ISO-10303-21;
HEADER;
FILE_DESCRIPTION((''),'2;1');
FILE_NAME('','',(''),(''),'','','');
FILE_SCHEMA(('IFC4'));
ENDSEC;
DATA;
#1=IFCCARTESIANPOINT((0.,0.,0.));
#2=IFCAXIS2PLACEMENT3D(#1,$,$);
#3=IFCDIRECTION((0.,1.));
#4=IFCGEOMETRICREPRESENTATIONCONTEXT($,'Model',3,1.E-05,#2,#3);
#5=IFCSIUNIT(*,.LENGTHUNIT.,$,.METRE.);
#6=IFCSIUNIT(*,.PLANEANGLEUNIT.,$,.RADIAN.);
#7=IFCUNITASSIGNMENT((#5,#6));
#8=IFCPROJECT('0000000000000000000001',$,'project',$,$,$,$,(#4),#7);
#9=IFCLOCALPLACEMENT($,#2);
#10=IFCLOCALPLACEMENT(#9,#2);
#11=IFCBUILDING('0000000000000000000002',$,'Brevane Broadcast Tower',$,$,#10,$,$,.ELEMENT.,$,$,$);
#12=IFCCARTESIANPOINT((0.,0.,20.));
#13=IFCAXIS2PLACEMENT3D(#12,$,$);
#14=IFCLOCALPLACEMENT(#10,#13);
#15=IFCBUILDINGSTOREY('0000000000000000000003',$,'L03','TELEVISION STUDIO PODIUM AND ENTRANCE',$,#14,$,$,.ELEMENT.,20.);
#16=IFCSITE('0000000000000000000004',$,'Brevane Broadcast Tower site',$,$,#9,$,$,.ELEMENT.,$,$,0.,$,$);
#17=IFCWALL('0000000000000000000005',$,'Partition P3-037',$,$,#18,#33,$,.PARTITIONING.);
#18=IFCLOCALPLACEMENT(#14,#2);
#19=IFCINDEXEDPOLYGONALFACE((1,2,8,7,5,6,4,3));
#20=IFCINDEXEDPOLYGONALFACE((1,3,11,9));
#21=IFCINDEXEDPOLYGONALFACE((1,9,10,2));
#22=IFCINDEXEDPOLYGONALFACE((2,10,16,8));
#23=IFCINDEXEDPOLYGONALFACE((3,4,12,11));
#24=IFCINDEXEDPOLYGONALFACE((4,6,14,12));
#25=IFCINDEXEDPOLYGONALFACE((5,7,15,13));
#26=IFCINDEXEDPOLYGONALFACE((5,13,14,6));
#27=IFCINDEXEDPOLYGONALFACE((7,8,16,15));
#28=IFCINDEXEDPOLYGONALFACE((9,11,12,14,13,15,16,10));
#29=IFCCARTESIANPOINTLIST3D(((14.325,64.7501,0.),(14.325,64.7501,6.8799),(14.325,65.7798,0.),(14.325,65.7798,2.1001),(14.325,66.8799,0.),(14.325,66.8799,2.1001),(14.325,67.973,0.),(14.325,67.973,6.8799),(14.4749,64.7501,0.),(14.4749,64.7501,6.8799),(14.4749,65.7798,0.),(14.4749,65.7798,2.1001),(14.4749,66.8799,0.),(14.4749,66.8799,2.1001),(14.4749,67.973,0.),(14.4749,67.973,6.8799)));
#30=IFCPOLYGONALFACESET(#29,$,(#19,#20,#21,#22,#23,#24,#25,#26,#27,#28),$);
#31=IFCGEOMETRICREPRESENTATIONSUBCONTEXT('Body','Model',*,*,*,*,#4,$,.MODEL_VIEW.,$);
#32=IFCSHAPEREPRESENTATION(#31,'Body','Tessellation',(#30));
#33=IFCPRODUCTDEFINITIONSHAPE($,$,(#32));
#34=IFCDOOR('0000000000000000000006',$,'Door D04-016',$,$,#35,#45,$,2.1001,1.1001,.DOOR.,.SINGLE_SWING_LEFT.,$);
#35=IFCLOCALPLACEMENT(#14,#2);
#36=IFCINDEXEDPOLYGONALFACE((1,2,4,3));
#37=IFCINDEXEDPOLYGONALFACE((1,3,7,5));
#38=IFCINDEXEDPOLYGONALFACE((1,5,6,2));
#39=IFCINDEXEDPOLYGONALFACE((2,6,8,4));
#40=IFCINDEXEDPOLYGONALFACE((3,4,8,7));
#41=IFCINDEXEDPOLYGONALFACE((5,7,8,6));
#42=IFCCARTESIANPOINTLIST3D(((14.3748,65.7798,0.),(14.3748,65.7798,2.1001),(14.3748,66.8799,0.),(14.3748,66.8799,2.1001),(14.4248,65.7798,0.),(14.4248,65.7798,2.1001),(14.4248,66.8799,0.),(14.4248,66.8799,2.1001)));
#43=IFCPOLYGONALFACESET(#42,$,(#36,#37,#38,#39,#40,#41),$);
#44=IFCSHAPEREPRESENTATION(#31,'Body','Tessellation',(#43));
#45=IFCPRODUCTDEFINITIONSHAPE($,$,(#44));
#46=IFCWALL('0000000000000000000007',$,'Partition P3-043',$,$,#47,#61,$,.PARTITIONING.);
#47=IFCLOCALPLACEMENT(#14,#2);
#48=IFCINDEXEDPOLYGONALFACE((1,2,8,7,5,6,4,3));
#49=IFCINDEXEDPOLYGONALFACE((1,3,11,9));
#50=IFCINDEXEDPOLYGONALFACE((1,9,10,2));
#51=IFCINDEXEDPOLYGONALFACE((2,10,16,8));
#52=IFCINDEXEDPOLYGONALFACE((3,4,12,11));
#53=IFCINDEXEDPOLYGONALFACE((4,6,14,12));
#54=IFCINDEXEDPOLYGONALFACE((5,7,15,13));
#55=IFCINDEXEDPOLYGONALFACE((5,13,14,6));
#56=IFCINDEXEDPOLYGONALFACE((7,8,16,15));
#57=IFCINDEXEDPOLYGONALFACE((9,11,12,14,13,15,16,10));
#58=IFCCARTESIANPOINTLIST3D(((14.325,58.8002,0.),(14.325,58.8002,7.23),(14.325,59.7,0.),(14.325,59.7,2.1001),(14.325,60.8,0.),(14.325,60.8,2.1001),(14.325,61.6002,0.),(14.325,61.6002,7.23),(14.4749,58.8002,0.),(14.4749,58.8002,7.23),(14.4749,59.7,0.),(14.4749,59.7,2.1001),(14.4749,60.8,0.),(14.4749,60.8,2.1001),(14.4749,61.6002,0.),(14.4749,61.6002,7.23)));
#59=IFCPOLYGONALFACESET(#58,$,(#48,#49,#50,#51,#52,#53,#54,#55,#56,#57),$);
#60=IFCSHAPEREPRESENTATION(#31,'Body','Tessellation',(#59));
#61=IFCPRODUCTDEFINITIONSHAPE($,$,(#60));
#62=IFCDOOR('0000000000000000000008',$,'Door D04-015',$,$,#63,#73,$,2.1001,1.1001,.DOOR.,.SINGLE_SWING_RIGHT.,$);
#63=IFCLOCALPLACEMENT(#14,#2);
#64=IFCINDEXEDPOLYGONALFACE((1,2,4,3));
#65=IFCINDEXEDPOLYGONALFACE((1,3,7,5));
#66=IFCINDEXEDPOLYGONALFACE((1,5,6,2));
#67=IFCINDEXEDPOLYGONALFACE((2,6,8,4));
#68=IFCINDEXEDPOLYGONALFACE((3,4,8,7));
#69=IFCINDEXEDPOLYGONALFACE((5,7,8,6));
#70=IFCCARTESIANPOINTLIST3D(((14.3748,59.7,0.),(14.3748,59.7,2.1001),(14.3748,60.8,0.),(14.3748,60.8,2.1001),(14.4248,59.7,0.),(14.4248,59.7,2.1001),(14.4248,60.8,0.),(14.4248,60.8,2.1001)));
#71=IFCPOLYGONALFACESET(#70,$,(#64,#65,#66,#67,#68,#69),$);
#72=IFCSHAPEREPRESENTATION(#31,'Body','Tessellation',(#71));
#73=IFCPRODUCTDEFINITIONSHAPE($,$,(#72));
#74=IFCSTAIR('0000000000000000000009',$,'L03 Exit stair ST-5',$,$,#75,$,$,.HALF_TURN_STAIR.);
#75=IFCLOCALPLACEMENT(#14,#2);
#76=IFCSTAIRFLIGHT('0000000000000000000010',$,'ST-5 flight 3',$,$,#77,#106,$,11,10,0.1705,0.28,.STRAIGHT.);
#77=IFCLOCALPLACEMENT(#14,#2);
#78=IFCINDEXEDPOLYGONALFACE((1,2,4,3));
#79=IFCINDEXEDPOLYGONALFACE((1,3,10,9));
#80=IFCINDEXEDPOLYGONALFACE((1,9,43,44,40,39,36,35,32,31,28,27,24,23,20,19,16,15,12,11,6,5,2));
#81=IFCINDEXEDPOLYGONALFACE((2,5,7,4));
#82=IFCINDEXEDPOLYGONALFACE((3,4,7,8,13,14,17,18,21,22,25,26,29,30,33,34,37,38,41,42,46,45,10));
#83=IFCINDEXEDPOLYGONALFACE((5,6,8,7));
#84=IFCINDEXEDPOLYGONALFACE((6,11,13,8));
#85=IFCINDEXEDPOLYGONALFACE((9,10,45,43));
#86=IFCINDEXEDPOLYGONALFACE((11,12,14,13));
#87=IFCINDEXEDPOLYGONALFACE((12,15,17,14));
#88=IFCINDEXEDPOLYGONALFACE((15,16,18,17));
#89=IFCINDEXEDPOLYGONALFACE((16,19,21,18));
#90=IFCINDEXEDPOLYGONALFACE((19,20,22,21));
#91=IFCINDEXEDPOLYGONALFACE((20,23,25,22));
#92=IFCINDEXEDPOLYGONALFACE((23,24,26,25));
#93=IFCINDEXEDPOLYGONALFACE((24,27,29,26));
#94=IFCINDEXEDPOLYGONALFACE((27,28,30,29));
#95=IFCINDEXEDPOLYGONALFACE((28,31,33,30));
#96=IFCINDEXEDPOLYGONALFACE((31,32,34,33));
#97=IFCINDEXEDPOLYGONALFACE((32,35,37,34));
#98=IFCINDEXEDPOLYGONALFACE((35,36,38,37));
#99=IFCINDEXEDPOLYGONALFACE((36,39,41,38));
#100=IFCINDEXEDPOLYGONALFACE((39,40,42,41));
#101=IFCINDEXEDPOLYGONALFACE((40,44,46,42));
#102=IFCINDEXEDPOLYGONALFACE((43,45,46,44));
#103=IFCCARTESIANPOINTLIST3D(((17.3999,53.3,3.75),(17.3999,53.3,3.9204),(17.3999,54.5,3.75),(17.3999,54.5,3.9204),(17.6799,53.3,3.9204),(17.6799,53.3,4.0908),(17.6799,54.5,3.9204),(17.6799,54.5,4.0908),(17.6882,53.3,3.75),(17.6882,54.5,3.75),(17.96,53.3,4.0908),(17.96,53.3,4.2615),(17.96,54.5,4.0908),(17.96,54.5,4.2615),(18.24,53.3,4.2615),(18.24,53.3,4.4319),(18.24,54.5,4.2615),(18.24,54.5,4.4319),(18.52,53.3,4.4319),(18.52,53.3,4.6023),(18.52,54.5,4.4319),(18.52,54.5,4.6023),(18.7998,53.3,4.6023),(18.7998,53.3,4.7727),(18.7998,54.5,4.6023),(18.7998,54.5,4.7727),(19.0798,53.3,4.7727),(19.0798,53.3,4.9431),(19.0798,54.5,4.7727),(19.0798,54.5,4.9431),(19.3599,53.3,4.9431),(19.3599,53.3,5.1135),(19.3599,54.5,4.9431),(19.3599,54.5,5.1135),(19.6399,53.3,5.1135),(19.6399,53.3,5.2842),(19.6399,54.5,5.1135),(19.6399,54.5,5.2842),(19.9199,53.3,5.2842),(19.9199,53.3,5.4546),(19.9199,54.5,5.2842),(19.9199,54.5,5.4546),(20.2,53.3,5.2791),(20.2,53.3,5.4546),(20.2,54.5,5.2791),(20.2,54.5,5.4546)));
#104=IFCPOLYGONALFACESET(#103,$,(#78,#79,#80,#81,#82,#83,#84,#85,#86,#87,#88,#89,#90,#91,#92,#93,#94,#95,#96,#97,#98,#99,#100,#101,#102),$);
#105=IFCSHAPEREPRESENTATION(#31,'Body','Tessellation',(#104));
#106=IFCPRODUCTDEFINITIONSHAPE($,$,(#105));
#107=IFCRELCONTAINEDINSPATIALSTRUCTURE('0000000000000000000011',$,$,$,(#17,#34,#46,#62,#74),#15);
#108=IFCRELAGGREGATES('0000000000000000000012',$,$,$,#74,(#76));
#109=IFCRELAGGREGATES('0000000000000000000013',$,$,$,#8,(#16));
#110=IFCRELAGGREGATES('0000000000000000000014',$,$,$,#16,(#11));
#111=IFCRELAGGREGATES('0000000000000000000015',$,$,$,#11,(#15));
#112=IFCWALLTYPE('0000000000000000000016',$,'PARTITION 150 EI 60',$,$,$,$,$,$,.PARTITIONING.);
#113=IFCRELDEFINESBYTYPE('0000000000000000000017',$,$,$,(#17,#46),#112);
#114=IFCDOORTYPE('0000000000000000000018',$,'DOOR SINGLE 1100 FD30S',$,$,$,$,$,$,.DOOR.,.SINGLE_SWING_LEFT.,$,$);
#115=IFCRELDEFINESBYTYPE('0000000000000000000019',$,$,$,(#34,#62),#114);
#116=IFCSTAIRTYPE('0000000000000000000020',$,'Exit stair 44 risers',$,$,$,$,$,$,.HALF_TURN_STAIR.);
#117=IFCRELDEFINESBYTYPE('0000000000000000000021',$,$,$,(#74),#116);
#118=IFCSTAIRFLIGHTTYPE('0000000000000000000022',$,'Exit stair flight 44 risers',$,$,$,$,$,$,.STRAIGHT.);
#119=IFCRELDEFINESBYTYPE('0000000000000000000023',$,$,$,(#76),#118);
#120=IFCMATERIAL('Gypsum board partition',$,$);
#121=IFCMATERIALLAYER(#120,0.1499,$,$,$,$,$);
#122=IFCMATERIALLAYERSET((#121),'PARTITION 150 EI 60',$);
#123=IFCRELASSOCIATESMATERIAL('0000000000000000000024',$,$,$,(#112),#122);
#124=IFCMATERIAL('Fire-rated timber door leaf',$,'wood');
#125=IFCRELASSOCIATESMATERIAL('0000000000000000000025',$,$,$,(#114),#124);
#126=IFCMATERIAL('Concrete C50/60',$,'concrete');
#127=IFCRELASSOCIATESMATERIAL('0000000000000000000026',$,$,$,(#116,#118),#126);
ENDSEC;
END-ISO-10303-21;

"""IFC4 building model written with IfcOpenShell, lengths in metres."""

from ifc_helpers import new_model, si_unit, direction, frame, frame_2d, origin, place, context, subcontext, project, spatial, polyline, rectangle, outline, extrude, material, layer, layer_set, type_object, element, fill, aggregate, save


model = new_model("IFC4")

# Units and contexts
model_context = context("Model", 3, precision=1e-05, world=origin(), true_north=direction((0.0, 1.0)))
body_context = subcontext(model_context, "Body", "Model", "MODEL_VIEW")
ifc_project = project(units=[si_unit("LENGTHUNIT", "METRE"), si_unit("PLANEANGLEUNIT", "RADIAN")], contexts=[model_context])

# Site, building, storey
site_placement = place(None, origin())
site = spatial("IfcSite", under=ifc_project, at=site_placement, Name="Brevane Broadcast Tower site", CompositionType="ELEMENT", RefElevation=0.0)
building_placement = place(site_placement, origin())
building = spatial("IfcBuilding", under=site, at=building_placement, Name="Brevane Broadcast Tower", CompositionType="ELEMENT")
storey_placement = place(building_placement, frame((0.0, 0.0, 20.0)))
storey = spatial("IfcBuildingStorey", under=building, at=storey_placement, Name="L03", Description="TELEVISION STUDIO PODIUM AND ENTRANCE", CompositionType="ELEMENT", Elevation=20.0)

# Shared definitions
ifc_material_1 = material(Name="Gypsum board partition")

# Walls, openings, doors
ifc_layer_1 = layer(ifc_material_1, 0.1499)
ifc_layer_set_1 = layer_set([ifc_layer_1], Name="PARTITION 150 EI 60")
wall_type_1 = type_object("IfcWallType", Name="PARTITION 150 EI 60", PredefinedType="PARTITIONING", material=ifc_layer_set_1)
ifc_material_2 = material(Name="Fire-rated timber door leaf", Category="wood")
door_type = type_object("IfcDoorType", Name="DOOR SINGLE 1100 FD30S", OperationType="SINGLE_SWING_LEFT", PredefinedType="DOOR", material=ifc_material_2)
wall_1_placement = place(storey_placement, frame((14.3999, 67.9729, 0.0), z_axis=(0.0, 0.0, 1.0), x_axis=(0.0, -1.0, 0.0)))
wall_1 = element("IfcWall", 1, at=wall_1_placement, inside=storey, type_object=wall_type_1, Name="Partition P3-037", PredefinedType="PARTITIONING", context=body_context, shape_type="SweptSolid", body=[
    extrude(rectangle(XDim=3.2229, YDim=0.1499, at=frame_2d((1.6113, 0.0))), origin(), (0.0, 0.0, 1.0), 6.8799),
])
opening_1_placement = place(wall_1_placement, frame((1.093, 0.0, 0.0)))
opening_1 = element("IfcOpeningElement", 2, at=opening_1_placement, cuts=wall_1, PredefinedType="OPENING", context=body_context, shape_type="SweptSolid", body=[
    extrude(rectangle(XDim=1.1001, YDim=2.1001, at=frame_2d((0.55, 1.05))), frame((0.0, 0.085, 0.0), z_axis=(0.0, -1.0, 0.0), x_axis=(1.0, 0.0, 0.0)), (0.0, 0.0, 1.0), 0.1699),
])
door_1_placement = place(opening_1_placement, origin())
door_1 = element("IfcDoor", 3, at=door_1_placement, inside=storey, type_object=door_type, Name="Door D04-016", OperationType="SINGLE_SWING_LEFT", OverallHeight=2.1001, OverallWidth=1.1001, PredefinedType="DOOR", context=body_context, shape_type="SweptSolid", body=[
    extrude(rectangle(XDim=1.1001, YDim=2.1001, at=frame_2d((0.55, 1.05))), frame((0.0, 0.0249, 0.0), z_axis=(0.0, -1.0, 0.0), x_axis=(1.0, 0.0, 0.0)), (0.0, 0.0, 1.0), 0.05),
])
fill(opening_1, door_1)
wall_2_placement = place(storey_placement, frame((14.3999, 61.6001, 0.0), z_axis=(0.0, 0.0, 1.0), x_axis=(0.0, -1.0, 0.0)))
wall_2 = element("IfcWall", 4, at=wall_2_placement, inside=storey, type_object=wall_type_1, Name="Partition P3-043", PredefinedType="PARTITIONING", context=body_context, shape_type="SweptSolid", body=[
    extrude(rectangle(XDim=2.8, YDim=0.1499, at=frame_2d((1.3999, 0.0))), origin(), (0.0, 0.0, 1.0), 7.23),
])
opening_2_placement = place(wall_2_placement, frame((0.8, 0.0, 0.0)))
opening_2 = element("IfcOpeningElement", 5, at=opening_2_placement, cuts=wall_2, PredefinedType="OPENING", context=body_context, shape_type="SweptSolid", body=[
    extrude(rectangle(XDim=1.1001, YDim=2.1001, at=frame_2d((0.55, 1.05))), frame((0.0, 0.085, 0.0), z_axis=(0.0, -1.0, 0.0), x_axis=(1.0, 0.0, 0.0)), (0.0, 0.0, 1.0), 0.1699),
])
door_2_placement = place(opening_2_placement, origin())
door_2 = element("IfcDoor", 6, at=door_2_placement, inside=storey, type_object=door_type, Name="Door D04-015", OperationType="SINGLE_SWING_RIGHT", OverallHeight=2.1001, OverallWidth=1.1001, PredefinedType="DOOR", context=body_context, shape_type="SweptSolid", body=[
    extrude(rectangle(XDim=1.1001, YDim=2.1001, at=frame_2d((0.55, 1.05))), frame((0.0, 0.0249, 0.0), z_axis=(0.0, -1.0, 0.0), x_axis=(1.0, 0.0, 0.0)), (0.0, 0.0, 1.0), 0.05),
])
fill(opening_2, door_2)

# Stair, stair flight
ifc_material_3 = material(Name="Concrete C50/60", Category="concrete")
stair_type = type_object("IfcStairType", Name="Exit stair 44 risers", PredefinedType="HALF_TURN_STAIR", material=ifc_material_3)
stair_placement = place(storey_placement, origin())
stair = element("IfcStair", 7, at=stair_placement, inside=storey, type_object=stair_type, Name="L03 Exit stair ST-5", PredefinedType="HALF_TURN_STAIR")
stair_flight_type = type_object("IfcStairFlightType", Name="Exit stair flight 44 risers", PredefinedType="STRAIGHT", material=ifc_material_3)
stair_flight_placement = place(storey_placement, frame((17.3999, 53.8999, 3.75), z_axis=(0.0, 0.0, 1.0), x_axis=(1.0, 0.0, 0.0)))
stair_flight = element("IfcStairFlight", 8, at=stair_flight_placement, type_object=stair_flight_type, Name="ST-5 flight 3", NumberOfRisers=11, NumberOfTreads=10, PredefinedType="STRAIGHT", RiserHeight=0.1705, TreadLength=0.28, context=body_context, shape_type="SweptSolid", body=[
    extrude(outline(polyline([(0.0, 0.0), (0.0, 0.1704), (0.28, 0.1704), (0.28, 0.3408), (0.5601, 0.3408), (0.5601, 0.5115), (0.8401, 0.5115), (0.8401, 0.6819), (1.1201, 0.6819), (1.1201, 0.8523), (1.3999, 0.8523), (1.3999, 1.0227), (1.6799, 1.0227), (1.6799, 1.1931), (1.96, 1.1931), (1.96, 1.3635), (2.24, 1.3635), (2.24, 1.5342), (2.52, 1.5342), (2.52, 1.7046), (2.8, 1.7046), (2.8, 1.875), (2.8, 1.5291), (0.2883, 0.0), (0.0, 0.0)])), frame((0.0, 0.6001, 0.0), z_axis=(0.0, -1.0, 0.0), x_axis=(1.0, 0.0, 0.0)), (0.0, 0.0, 1.0), 1.2),
])
aggregate(stair, [stair_flight])

save(model, "model.ifc")
